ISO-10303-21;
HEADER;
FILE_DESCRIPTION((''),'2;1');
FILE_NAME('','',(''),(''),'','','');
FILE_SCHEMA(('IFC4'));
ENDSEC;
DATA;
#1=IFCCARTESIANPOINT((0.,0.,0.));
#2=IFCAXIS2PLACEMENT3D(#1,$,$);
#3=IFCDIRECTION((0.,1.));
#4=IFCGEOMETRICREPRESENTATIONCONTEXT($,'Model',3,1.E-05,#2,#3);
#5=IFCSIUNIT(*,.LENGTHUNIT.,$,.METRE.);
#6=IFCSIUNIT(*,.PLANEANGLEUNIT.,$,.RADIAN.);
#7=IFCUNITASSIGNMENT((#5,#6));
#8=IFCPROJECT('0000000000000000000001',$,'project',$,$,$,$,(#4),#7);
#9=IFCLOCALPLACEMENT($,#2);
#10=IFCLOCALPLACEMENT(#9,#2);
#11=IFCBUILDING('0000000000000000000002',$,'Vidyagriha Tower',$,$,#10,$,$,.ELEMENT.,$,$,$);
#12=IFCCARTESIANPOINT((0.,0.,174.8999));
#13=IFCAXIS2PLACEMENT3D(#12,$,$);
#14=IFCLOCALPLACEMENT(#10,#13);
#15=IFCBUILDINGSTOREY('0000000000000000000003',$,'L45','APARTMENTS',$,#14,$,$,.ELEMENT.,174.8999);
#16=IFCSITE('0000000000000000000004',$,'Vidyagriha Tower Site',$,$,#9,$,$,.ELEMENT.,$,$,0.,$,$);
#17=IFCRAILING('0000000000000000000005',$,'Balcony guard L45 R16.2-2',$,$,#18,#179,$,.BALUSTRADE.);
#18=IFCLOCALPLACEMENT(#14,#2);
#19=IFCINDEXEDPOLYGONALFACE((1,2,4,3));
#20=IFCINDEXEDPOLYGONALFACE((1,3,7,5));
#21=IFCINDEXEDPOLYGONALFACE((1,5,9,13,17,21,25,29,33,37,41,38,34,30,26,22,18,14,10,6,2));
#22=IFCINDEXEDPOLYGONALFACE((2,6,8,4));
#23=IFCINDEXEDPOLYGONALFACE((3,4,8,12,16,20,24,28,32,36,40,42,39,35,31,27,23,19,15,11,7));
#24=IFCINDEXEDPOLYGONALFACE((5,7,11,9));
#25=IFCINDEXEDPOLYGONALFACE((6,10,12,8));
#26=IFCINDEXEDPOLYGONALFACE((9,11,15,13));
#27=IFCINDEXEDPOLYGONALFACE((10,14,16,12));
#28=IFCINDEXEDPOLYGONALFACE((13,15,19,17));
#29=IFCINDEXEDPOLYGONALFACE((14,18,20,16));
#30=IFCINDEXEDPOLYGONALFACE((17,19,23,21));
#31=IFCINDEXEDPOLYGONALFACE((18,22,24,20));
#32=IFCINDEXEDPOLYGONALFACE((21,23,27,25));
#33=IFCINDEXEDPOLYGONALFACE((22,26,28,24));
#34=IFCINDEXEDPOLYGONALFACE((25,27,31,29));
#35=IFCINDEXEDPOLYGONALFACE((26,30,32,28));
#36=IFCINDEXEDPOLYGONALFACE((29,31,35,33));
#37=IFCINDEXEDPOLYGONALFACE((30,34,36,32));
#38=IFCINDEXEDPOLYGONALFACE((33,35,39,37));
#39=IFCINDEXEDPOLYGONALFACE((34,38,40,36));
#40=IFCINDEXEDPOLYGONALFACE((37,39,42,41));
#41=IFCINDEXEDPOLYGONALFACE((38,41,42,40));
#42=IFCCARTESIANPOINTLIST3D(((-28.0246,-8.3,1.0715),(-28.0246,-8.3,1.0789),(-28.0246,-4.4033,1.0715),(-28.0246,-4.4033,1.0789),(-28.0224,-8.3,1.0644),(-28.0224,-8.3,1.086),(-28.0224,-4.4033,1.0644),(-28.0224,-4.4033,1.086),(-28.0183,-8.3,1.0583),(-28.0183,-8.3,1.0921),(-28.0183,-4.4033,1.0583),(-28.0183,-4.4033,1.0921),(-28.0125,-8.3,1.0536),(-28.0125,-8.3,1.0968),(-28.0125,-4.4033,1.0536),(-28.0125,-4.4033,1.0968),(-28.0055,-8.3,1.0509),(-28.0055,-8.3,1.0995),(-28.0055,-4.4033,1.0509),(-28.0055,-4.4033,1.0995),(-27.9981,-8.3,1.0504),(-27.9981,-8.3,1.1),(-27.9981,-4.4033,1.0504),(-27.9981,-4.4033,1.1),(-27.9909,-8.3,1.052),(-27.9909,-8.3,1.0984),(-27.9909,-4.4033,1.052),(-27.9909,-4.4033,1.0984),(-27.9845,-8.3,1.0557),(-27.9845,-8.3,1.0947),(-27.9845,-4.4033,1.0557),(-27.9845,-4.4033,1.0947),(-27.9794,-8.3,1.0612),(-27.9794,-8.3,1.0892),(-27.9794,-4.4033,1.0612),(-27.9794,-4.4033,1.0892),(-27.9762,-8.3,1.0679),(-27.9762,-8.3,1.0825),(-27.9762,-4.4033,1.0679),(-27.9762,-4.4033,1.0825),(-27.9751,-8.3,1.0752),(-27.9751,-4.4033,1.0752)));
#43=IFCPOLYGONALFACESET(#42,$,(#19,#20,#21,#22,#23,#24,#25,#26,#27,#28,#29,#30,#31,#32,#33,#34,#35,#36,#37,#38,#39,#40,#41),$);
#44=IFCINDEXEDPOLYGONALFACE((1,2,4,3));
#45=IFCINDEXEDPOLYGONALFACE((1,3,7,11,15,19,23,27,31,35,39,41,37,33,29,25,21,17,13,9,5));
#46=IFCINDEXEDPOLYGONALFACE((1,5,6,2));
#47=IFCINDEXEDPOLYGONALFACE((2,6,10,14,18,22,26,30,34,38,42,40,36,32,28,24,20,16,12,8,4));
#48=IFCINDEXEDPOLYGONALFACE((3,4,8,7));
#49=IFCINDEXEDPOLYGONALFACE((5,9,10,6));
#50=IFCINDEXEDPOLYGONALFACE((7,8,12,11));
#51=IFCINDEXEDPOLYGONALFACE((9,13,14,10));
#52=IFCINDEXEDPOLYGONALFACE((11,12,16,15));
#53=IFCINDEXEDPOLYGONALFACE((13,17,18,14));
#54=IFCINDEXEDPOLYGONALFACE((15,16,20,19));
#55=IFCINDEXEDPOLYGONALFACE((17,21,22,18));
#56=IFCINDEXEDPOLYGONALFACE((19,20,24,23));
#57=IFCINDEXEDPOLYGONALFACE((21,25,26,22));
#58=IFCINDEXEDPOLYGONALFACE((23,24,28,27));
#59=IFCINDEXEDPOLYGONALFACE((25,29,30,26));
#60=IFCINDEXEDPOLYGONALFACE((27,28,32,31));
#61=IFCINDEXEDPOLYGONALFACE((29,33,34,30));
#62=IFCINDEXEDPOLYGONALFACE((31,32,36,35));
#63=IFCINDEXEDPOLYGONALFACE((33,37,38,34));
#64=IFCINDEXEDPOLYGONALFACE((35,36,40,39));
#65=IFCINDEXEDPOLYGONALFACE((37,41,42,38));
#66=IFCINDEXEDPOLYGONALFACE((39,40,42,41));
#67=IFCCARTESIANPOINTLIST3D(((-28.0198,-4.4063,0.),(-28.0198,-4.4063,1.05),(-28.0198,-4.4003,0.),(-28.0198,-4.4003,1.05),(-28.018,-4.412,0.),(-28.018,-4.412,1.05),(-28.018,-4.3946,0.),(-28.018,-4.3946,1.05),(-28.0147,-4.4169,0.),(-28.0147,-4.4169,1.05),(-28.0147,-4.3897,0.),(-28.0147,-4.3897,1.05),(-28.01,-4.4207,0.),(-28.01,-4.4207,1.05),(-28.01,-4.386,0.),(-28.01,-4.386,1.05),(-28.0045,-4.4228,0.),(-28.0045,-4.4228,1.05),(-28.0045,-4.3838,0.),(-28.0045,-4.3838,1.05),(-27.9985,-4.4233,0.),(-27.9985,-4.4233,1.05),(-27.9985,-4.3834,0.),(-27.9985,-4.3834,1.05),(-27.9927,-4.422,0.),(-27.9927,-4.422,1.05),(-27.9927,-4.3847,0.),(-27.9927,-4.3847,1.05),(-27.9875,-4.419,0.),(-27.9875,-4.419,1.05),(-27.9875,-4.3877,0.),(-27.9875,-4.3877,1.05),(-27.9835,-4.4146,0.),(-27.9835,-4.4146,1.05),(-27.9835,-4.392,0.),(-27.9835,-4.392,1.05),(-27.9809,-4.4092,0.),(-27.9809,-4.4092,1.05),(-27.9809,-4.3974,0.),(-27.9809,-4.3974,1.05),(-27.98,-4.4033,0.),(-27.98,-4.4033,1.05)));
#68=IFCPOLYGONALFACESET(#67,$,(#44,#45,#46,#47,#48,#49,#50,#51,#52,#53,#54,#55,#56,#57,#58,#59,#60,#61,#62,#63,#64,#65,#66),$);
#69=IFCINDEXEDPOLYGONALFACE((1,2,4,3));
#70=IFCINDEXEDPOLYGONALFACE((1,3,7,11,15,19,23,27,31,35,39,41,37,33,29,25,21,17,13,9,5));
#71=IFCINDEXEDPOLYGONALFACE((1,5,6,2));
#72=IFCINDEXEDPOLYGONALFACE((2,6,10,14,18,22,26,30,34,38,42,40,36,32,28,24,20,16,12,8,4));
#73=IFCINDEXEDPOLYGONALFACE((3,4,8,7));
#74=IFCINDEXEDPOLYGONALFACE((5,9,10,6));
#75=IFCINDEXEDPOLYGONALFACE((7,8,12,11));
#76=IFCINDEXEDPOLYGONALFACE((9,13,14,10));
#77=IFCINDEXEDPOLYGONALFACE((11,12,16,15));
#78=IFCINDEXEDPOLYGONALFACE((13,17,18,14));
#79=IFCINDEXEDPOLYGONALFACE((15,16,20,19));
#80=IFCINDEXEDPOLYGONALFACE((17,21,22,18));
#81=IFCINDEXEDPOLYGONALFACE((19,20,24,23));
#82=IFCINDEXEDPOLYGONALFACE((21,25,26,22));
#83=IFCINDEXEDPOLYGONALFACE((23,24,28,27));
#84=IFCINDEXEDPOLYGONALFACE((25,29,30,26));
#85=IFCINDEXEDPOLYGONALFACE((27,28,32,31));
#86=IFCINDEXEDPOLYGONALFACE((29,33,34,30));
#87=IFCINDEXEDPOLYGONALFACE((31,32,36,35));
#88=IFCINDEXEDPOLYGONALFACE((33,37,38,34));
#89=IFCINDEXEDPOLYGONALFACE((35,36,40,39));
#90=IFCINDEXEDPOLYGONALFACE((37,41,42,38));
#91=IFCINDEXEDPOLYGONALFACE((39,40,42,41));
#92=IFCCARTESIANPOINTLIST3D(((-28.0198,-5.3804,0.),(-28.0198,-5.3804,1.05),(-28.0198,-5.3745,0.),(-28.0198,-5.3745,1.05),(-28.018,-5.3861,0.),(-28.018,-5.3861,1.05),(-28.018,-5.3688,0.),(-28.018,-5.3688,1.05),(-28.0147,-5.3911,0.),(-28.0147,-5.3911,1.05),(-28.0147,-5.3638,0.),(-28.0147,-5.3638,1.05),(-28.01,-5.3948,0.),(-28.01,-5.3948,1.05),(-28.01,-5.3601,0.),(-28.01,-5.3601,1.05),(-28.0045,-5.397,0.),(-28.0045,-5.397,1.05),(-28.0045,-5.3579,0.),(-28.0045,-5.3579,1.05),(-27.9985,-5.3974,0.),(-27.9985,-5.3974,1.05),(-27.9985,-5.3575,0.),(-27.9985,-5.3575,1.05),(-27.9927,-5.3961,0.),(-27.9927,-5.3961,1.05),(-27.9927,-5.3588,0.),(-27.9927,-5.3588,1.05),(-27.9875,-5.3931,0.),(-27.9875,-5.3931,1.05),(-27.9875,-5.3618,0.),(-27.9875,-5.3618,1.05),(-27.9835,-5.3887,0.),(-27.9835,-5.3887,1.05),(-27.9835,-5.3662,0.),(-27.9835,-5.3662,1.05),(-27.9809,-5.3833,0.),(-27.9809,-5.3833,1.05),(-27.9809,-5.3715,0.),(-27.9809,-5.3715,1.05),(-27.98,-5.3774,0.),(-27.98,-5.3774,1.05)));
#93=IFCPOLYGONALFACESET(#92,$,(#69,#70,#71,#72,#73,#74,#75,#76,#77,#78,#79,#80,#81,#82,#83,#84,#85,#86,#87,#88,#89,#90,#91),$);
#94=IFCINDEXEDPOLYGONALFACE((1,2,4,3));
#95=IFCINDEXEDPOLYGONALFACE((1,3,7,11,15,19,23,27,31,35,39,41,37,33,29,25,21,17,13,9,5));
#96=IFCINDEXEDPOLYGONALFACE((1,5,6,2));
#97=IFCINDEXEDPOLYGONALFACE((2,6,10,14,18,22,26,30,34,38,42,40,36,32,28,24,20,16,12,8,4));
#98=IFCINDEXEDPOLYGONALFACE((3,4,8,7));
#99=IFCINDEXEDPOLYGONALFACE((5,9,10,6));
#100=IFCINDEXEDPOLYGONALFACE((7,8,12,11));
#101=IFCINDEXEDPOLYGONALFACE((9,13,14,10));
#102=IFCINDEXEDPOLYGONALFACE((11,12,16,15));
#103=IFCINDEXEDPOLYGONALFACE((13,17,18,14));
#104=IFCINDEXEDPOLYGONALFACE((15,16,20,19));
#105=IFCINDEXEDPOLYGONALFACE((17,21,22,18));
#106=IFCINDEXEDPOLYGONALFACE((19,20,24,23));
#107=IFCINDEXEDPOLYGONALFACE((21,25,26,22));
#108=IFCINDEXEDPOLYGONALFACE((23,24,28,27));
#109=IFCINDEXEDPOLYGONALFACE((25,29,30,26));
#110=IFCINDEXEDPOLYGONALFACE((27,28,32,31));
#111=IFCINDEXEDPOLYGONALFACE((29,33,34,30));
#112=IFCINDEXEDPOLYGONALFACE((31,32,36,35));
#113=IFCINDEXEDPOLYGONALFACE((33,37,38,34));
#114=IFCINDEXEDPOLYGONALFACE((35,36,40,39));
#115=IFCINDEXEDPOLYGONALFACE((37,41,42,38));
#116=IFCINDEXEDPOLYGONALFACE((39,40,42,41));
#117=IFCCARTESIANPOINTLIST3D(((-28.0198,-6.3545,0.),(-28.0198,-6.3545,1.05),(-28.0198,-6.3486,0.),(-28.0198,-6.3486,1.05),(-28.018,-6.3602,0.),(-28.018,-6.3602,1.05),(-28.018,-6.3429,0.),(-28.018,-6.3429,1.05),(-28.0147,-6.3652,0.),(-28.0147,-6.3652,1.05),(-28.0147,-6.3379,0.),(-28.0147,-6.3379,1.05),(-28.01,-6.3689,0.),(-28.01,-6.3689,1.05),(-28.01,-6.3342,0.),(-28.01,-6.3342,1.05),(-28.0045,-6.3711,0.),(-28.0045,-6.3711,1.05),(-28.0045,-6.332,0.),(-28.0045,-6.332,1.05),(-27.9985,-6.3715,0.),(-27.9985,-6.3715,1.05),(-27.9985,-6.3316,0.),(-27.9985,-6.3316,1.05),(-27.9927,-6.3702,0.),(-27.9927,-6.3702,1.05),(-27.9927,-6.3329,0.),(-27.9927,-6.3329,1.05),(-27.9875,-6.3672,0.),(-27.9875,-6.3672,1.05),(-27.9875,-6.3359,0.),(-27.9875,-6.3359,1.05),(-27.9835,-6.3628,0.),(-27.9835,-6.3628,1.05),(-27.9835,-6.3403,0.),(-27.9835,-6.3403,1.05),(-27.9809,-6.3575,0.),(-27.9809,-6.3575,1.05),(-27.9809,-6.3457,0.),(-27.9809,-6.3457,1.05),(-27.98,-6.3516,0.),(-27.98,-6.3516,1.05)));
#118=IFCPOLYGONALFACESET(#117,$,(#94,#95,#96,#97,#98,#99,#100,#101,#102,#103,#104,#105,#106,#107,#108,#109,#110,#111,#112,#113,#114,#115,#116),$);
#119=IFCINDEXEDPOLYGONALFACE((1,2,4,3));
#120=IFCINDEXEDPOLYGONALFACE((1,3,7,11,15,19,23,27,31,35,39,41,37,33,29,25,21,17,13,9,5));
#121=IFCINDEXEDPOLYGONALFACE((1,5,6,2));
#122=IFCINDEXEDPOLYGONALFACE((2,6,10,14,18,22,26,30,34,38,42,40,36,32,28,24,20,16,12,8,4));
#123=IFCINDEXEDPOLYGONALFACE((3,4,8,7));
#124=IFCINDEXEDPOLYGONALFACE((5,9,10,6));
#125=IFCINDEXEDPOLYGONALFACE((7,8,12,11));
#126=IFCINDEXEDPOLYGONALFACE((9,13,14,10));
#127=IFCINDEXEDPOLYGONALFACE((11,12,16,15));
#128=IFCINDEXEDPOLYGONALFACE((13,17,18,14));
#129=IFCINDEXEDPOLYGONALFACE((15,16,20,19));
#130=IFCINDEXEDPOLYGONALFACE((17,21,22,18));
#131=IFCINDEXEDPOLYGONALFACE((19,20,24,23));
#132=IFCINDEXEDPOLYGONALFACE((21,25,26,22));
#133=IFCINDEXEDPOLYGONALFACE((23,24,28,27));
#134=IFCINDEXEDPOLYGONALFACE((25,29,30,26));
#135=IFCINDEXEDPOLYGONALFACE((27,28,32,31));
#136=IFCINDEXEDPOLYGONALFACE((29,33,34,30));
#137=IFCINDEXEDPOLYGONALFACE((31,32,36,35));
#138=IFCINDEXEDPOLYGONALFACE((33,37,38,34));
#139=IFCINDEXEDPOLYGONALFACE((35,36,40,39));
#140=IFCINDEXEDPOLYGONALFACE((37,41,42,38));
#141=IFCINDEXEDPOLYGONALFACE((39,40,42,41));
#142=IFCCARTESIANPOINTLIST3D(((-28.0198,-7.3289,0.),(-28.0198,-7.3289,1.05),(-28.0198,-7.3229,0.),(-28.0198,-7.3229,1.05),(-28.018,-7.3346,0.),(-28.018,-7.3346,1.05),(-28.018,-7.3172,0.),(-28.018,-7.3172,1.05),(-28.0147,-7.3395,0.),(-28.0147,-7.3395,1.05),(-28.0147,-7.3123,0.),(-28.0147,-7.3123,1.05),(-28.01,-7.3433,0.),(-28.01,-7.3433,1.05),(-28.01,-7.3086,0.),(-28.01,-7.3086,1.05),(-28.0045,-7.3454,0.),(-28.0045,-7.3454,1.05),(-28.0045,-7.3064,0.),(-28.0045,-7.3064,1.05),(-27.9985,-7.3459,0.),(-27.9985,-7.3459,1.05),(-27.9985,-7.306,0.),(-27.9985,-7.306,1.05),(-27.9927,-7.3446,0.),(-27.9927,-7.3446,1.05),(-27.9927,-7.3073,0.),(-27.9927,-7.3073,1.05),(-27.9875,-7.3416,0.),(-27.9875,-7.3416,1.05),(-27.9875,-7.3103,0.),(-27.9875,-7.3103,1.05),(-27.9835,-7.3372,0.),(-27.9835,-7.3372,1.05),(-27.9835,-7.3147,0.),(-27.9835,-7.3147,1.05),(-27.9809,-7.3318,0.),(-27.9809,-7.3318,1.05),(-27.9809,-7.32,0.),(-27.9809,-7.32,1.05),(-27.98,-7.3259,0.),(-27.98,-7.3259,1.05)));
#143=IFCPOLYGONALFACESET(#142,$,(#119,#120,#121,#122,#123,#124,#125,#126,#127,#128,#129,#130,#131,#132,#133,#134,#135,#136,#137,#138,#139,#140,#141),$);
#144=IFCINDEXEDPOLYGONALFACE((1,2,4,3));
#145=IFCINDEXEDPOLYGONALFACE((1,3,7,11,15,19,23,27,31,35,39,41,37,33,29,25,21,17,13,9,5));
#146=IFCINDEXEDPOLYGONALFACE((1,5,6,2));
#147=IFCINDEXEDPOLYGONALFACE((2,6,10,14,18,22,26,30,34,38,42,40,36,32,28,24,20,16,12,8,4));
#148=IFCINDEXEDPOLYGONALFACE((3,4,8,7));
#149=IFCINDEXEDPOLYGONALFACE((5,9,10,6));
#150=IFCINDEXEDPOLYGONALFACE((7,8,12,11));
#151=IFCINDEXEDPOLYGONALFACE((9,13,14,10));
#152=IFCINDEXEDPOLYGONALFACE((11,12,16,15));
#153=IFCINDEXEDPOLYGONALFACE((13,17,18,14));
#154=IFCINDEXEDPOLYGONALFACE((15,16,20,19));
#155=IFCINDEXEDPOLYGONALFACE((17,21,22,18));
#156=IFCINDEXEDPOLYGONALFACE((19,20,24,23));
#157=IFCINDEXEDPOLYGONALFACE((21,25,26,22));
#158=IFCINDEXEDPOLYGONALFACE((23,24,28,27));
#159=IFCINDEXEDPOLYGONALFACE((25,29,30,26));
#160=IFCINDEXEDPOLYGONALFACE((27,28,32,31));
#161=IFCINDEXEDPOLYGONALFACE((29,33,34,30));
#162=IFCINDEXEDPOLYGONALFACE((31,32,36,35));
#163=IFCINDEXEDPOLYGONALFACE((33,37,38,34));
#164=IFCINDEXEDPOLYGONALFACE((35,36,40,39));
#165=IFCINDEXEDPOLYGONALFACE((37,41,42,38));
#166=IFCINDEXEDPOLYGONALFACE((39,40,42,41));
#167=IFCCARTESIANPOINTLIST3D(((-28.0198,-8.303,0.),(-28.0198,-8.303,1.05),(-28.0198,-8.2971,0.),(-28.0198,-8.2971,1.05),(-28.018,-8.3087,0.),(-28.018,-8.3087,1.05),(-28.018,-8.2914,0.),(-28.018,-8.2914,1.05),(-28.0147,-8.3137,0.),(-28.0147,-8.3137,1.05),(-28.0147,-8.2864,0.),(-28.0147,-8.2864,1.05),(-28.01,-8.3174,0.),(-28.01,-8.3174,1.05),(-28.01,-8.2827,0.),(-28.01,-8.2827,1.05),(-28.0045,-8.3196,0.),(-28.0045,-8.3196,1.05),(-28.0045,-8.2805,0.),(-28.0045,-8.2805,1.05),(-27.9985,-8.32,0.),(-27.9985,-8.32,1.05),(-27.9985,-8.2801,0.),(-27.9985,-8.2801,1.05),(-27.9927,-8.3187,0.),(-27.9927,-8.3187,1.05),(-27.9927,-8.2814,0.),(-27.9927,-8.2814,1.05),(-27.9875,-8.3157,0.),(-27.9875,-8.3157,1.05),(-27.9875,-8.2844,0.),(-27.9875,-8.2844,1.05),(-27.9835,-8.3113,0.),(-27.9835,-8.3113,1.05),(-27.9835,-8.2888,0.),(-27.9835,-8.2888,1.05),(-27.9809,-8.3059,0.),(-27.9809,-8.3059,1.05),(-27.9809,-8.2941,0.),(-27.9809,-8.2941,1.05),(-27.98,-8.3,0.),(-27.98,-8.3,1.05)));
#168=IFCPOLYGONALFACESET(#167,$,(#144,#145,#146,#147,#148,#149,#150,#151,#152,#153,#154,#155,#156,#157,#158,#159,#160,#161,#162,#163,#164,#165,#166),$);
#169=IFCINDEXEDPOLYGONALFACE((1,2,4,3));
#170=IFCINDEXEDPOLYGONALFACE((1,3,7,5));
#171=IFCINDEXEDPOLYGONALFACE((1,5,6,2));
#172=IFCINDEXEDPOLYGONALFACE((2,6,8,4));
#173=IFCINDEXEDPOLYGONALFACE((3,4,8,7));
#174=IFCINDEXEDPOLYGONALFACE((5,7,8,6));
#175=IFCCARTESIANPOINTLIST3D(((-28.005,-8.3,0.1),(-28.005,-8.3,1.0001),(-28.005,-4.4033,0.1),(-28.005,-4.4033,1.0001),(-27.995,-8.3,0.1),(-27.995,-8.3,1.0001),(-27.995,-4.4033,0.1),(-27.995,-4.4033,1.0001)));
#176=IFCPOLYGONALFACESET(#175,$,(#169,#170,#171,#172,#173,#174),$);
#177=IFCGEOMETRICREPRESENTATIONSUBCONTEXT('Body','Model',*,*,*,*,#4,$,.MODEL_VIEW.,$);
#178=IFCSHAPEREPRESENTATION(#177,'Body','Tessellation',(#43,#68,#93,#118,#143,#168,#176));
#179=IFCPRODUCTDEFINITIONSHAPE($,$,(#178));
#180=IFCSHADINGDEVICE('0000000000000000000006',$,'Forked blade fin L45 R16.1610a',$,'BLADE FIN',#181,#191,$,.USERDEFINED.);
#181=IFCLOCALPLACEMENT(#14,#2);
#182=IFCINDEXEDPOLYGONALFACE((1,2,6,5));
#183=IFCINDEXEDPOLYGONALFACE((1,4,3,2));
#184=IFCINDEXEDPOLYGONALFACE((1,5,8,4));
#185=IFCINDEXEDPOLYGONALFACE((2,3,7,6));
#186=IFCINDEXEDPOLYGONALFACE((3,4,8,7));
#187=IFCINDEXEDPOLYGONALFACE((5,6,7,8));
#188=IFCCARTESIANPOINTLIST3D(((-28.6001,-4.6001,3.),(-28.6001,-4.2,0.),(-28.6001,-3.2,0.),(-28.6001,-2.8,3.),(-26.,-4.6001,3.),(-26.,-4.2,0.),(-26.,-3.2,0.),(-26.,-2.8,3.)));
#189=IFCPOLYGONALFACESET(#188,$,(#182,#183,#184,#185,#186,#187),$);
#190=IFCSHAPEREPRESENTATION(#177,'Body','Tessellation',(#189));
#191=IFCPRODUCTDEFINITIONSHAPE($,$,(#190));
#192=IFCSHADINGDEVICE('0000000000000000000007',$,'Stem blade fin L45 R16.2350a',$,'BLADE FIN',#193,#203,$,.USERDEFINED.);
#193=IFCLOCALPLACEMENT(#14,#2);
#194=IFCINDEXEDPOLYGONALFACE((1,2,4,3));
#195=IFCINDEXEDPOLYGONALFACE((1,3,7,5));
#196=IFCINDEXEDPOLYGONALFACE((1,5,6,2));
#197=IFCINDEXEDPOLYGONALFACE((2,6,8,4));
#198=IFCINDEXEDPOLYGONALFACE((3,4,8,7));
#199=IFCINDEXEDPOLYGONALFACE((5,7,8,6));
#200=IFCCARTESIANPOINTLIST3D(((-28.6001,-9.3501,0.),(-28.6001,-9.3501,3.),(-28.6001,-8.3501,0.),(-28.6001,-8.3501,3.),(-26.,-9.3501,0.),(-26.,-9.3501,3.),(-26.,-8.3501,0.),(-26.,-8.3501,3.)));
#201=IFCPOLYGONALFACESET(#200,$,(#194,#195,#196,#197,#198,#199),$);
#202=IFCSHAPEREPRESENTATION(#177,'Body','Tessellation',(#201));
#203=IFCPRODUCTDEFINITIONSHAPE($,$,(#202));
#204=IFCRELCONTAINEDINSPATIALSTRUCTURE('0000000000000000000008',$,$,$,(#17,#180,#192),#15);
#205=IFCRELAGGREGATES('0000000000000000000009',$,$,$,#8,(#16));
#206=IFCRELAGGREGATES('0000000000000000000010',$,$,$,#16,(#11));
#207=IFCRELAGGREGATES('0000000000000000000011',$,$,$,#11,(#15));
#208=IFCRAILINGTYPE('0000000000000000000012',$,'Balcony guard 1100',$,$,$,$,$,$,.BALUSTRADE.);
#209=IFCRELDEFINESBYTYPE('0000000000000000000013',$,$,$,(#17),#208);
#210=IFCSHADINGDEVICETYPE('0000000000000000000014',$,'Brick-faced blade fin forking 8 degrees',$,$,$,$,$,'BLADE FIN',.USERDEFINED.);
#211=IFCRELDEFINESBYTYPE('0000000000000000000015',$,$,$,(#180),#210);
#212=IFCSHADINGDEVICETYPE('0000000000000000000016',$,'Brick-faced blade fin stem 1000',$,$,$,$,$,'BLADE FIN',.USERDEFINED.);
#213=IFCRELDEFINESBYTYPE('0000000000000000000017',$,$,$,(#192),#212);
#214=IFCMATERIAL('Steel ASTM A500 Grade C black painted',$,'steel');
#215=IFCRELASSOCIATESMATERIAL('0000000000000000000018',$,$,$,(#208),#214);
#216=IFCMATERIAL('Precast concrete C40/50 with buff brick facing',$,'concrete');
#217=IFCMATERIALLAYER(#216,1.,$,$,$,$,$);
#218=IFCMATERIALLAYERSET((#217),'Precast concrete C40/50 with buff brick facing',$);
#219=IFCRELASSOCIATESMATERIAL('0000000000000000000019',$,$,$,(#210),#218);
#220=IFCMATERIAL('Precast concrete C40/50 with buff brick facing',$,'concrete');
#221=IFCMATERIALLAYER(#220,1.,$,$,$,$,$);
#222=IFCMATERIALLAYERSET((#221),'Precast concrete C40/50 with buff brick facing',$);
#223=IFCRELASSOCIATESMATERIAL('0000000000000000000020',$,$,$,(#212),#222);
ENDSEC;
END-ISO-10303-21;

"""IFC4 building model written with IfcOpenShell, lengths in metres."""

from ifc_helpers import new_model, si_unit, direction, frame, origin, origin_2d, place, context, subcontext, project, spatial, polyline, rectangle, circle, outline, extrude, material, layer, layer_set, type_object, element, save


model = new_model("IFC4")

# Units and contexts
model_context = context("Model", 3, precision=1e-05, world=origin(), true_north=direction((0.0, 1.0)))
body_context = subcontext(model_context, "Body", "Model", "MODEL_VIEW")
ifc_project = project(units=[si_unit("LENGTHUNIT", "METRE"), si_unit("PLANEANGLEUNIT", "RADIAN")], contexts=[model_context])

# Site, building, storey
site_placement = place(None, origin())
site = spatial("IfcSite", under=ifc_project, at=site_placement, Name="Vidyagriha Tower Site", CompositionType="ELEMENT", RefElevation=0.0)
building_placement = place(site_placement, origin())
building = spatial("IfcBuilding", under=site, at=building_placement, Name="Vidyagriha Tower", CompositionType="ELEMENT")
storey_placement = place(building_placement, frame((0.0, 0.0, 174.8999)))
storey = spatial("IfcBuildingStorey", under=building, at=storey_placement, Name="L45", Description="APARTMENTS", CompositionType="ELEMENT", Elevation=174.8999)

# Railing
ifc_material_1 = material(Name="Steel ASTM A500 Grade C black painted", Category="steel")
railing_type_1 = type_object("IfcRailingType", Name="Balcony guard 1100", PredefinedType="BALUSTRADE", material=ifc_material_1)
railing_1_placement = place(storey_placement, frame((-28.0, -4.4033, 0.0)))
element("IfcRailing", 1, at=railing_1_placement, inside=storey, type_object=railing_type_1, Name="Balcony guard L45 R16.2-2", PredefinedType="BALUSTRADE", context=body_context, shape_type="SweptSolid", body=[
    extrude(circle(Radius=0.0249, at=origin_2d()), frame((0.0, 0.0, 1.0752), z_axis=(0.0, -1.0, 0.0), x_axis=(1.0, 0.0, 0.0)), (0.0, 0.0, 1.0), 3.8967),
    extrude(circle(Radius=0.02, at=origin_2d()), origin(), (0.0, 0.0, 1.0), 1.05),
    extrude(circle(Radius=0.02, at=origin_2d()), frame((0.0, -0.9741, 0.0)), (0.0, 0.0, 1.0), 1.05),
    extrude(circle(Radius=0.02, at=origin_2d()), frame((0.0, -1.9482, 0.0)), (0.0, 0.0, 1.0), 1.05),
    extrude(circle(Radius=0.02, at=origin_2d()), frame((0.0, -2.9226, 0.0)), (0.0, 0.0, 1.0), 1.05),
    extrude(circle(Radius=0.02, at=origin_2d()), frame((0.0, -3.8967, 0.0)), (0.0, 0.0, 1.0), 1.05),
    extrude(rectangle(XDim=0.01, YDim=0.9001, at=origin_2d()), frame((0.0, 0.0, 0.55), z_axis=(0.0, -1.0, 0.0), x_axis=(1.0, 0.0, 0.0)), (0.0, 0.0, 1.0), 3.8967),
])

# Shading devices
ifc_material_2 = material(Name="Precast concrete C40/50 with buff brick facing", Category="concrete")
ifc_layer_1 = layer(ifc_material_2, 1.0)
ifc_layer_set_1 = layer_set([ifc_layer_1], Name="Precast concrete C40/50 with buff brick facing")
shading_device_type_1 = type_object("IfcShadingDeviceType", Name="Brick-faced blade fin forking 8 degrees", ElementType="BLADE FIN", PredefinedType="USERDEFINED", material=ifc_layer_set_1)
shading_device_1_placement = place(storey_placement, frame((-27.3, -2.8, 0.0), z_axis=(0.0, 0.0, 1.0), x_axis=(0.0, -1.0, 0.0)))
element("IfcShadingDevice", 2, at=shading_device_1_placement, inside=storey, type_object=shading_device_type_1, Name="Forked blade fin L45 R16.1610a", ObjectType="BLADE FIN", PredefinedType="USERDEFINED", context=body_context, shape_type="SweptSolid", body=[
    extrude(outline(polyline([(0.3999, 0.0), (1.3999, 0.0), (1.8, 3.0), (0.0, 3.0), (0.3999, 0.0)])), frame((0.0, 1.3, 0.0), z_axis=(0.0, -1.0, 0.0), x_axis=(1.0, 0.0, 0.0)), (0.0, 0.0, 1.0), 2.6001),
])
ifc_material_3 = material(Name="Precast concrete C40/50 with buff brick facing", Category="concrete")
ifc_layer_2 = layer(ifc_material_3, 1.0)
ifc_layer_set_2 = layer_set([ifc_layer_2], Name="Precast concrete C40/50 with buff brick facing")
shading_device_type_2 = type_object("IfcShadingDeviceType", Name="Brick-faced blade fin stem 1000", ElementType="BLADE FIN", PredefinedType="USERDEFINED", material=ifc_layer_set_2)
shading_device_2_placement = place(storey_placement, frame((-27.3, -8.3501, 0.0), z_axis=(0.0, 0.0, 1.0), x_axis=(0.0, -1.0, 0.0)))
element("IfcShadingDevice", 3, at=shading_device_2_placement, inside=storey, type_object=shading_device_type_2, Name="Stem blade fin L45 R16.2350a", ObjectType="BLADE FIN", PredefinedType="USERDEFINED", context=body_context, shape_type="SweptSolid", body=[
    extrude(outline(polyline([(0.0, 0.0), (1.0, 0.0), (1.0, 3.0), (0.0, 3.0), (0.0, 0.0)])), frame((0.0, 1.3, 0.0), z_axis=(0.0, -1.0, 0.0), x_axis=(1.0, 0.0, 0.0)), (0.0, 0.0, 1.0), 2.6001),
])

save(model, "model.ifc")
